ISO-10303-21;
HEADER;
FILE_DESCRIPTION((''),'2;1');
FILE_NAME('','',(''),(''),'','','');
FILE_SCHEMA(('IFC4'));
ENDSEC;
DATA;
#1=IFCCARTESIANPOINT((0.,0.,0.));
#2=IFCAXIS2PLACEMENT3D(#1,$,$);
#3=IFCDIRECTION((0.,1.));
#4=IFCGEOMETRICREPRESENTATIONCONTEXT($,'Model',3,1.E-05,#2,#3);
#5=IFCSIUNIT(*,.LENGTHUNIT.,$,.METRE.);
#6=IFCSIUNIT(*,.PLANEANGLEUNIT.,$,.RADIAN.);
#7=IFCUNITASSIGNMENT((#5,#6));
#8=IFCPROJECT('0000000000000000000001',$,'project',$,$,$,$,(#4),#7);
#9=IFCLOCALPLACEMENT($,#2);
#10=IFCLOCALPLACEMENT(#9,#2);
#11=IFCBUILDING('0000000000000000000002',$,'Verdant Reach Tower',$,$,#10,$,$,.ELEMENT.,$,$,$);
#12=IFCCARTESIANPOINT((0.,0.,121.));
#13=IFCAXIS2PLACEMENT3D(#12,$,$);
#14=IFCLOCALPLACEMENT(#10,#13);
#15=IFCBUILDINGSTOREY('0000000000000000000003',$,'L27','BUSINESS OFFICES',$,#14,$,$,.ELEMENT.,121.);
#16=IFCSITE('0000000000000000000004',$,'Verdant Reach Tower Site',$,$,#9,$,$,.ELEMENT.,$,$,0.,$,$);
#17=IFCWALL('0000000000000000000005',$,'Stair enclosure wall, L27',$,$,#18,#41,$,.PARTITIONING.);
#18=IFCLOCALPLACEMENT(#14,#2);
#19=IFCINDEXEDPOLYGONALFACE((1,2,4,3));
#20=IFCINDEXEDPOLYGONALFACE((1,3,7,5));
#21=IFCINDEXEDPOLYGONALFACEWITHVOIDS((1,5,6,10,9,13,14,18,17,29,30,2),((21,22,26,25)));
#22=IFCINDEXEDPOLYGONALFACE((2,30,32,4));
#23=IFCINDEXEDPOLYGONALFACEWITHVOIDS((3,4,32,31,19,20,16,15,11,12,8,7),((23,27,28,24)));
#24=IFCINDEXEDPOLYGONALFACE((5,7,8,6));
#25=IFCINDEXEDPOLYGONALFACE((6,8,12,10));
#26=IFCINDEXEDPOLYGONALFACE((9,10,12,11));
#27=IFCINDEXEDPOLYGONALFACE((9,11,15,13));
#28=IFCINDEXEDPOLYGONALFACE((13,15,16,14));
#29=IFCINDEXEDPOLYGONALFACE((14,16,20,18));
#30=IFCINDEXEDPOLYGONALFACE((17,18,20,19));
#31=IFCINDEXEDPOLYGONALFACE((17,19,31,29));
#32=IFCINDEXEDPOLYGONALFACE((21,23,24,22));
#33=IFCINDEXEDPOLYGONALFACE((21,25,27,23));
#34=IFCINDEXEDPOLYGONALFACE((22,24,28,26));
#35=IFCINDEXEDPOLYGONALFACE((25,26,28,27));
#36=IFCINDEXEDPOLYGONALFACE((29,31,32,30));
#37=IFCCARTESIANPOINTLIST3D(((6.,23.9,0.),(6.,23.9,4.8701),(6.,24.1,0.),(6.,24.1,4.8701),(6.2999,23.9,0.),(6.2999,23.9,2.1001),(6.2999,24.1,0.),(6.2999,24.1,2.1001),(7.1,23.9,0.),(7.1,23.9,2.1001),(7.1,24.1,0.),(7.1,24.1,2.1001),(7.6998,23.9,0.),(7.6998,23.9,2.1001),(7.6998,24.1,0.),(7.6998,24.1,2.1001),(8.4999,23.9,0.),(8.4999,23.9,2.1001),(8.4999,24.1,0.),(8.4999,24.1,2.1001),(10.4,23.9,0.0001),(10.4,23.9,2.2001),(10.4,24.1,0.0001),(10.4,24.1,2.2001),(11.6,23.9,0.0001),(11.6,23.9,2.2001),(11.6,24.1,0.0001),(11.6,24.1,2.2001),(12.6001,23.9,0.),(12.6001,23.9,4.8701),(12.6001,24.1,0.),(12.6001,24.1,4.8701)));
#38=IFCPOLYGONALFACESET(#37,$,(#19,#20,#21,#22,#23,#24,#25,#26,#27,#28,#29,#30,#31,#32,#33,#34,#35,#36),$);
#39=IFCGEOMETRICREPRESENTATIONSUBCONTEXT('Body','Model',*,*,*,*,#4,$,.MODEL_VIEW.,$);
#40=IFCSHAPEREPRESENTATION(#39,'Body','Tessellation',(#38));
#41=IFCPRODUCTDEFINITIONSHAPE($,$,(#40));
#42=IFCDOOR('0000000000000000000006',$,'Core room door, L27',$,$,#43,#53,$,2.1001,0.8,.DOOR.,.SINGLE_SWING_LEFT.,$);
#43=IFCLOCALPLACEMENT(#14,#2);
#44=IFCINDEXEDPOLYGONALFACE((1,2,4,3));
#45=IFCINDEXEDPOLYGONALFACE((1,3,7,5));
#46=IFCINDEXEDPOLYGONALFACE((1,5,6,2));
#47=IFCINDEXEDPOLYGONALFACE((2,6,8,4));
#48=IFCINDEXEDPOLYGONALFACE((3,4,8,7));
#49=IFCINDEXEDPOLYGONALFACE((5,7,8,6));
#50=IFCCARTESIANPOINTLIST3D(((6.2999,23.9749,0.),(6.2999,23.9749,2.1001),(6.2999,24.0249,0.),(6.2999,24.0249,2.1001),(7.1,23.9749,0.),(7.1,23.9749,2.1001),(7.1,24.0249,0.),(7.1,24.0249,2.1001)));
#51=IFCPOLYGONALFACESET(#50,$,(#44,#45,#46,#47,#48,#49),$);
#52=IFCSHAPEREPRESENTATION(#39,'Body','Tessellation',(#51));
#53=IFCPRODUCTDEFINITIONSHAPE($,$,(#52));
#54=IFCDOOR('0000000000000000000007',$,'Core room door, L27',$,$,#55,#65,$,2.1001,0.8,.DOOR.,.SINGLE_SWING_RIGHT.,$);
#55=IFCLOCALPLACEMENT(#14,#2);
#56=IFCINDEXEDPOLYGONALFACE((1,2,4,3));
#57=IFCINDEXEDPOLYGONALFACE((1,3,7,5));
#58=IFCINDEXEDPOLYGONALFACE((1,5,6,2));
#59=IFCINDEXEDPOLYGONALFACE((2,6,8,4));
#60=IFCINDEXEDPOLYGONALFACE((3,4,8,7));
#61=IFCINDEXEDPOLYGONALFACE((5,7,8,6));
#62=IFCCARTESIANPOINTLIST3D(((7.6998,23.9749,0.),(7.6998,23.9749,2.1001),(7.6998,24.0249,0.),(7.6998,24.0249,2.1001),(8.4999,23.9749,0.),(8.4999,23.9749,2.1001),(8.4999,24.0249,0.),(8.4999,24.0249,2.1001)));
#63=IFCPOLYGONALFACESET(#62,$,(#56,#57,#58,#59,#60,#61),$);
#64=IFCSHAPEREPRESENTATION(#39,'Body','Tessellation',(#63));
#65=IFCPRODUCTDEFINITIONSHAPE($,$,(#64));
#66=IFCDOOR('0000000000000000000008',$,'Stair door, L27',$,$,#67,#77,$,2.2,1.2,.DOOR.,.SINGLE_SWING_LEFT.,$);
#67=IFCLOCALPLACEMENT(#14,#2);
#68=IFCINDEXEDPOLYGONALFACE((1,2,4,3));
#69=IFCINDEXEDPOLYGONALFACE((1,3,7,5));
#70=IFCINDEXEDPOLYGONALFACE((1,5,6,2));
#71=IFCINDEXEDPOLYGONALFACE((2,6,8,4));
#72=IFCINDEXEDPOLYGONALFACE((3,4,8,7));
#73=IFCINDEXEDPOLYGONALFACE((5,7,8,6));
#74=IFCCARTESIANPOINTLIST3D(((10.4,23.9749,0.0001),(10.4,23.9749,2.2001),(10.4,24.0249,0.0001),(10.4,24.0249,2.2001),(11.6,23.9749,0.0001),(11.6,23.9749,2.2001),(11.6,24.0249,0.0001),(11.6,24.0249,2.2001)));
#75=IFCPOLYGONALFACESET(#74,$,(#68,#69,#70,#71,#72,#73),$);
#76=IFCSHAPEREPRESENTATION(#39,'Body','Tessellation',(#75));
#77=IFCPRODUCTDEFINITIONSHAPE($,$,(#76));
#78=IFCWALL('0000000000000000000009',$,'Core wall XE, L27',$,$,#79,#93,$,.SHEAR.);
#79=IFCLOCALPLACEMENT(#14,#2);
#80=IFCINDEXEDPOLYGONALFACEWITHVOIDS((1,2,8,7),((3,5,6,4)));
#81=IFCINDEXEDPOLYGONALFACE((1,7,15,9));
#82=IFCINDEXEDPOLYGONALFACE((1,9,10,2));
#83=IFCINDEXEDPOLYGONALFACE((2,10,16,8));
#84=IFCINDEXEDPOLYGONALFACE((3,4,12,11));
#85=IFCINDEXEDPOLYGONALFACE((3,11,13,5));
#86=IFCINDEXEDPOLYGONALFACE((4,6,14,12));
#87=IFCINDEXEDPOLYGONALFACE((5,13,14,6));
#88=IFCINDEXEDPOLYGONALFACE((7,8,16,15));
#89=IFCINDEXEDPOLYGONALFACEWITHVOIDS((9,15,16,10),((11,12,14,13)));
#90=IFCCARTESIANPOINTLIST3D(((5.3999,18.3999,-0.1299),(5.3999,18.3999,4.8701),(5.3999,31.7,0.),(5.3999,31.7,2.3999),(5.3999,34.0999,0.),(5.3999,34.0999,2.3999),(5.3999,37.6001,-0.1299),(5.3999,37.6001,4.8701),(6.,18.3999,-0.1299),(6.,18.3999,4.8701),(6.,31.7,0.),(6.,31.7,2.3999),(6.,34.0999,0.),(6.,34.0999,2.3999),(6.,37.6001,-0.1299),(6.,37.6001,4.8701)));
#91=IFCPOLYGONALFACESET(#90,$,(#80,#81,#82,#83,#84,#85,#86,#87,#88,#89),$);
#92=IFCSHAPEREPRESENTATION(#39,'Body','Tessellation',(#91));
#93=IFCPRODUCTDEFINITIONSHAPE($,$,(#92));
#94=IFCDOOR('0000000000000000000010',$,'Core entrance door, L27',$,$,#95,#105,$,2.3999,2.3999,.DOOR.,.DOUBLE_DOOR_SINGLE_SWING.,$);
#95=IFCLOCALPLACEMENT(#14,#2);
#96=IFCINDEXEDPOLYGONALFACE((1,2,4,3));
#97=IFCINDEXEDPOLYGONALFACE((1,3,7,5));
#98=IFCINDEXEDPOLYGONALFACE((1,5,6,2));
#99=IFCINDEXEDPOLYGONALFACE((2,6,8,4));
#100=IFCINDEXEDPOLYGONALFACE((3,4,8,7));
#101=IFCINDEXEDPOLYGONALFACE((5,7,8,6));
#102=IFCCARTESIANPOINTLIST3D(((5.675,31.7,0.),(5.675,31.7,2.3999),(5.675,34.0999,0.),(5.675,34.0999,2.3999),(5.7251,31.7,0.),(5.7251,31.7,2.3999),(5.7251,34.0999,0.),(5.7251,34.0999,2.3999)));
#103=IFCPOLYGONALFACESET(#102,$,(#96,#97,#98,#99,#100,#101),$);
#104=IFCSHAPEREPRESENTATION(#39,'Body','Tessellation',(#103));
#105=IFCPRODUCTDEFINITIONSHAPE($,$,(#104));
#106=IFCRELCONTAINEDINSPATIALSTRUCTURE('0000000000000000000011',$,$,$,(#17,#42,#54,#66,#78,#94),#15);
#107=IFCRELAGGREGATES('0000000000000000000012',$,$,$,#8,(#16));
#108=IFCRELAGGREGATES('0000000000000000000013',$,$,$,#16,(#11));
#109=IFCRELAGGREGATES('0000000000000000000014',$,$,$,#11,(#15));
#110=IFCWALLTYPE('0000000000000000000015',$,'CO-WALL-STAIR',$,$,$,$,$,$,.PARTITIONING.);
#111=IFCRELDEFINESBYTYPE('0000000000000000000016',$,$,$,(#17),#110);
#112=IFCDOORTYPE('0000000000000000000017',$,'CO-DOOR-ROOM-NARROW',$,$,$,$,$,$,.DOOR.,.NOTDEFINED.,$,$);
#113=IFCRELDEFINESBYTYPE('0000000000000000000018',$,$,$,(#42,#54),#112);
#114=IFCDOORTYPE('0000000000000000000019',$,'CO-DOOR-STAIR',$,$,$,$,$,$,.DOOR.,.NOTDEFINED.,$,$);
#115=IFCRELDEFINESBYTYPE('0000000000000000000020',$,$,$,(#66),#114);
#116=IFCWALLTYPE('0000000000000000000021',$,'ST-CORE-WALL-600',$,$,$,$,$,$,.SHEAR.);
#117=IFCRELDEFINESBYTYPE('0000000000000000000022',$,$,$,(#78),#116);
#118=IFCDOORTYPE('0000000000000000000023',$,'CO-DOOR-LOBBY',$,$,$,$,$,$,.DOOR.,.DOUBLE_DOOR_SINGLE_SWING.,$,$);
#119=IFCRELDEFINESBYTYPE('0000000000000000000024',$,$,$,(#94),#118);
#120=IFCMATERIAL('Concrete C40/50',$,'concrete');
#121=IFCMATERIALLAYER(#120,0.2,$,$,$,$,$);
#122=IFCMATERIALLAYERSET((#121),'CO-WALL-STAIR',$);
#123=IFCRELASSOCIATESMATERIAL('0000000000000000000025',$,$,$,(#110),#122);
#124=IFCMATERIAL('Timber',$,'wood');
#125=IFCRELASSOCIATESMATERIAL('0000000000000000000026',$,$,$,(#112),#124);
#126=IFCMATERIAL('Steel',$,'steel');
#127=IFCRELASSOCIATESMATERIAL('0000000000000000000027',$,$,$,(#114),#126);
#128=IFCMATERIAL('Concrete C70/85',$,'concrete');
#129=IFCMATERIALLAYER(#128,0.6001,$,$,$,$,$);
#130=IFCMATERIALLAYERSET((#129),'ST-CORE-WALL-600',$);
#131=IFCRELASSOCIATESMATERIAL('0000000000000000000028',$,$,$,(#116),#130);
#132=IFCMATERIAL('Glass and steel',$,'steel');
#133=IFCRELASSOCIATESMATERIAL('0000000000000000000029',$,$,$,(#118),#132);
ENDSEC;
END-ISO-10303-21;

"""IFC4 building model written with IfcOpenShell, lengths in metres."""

from ifc_helpers import new_model, si_unit, direction, frame, frame_2d, origin, place, context, subcontext, project, spatial, rectangle, extrude, material, layer, layer_set, type_object, element, fill, save


model = new_model("IFC4")

# Units and contexts
model_context = context("Model", 3, precision=1e-05, world=origin(), true_north=direction((0.0, 1.0)))
body_context = subcontext(model_context, "Body", "Model", "MODEL_VIEW")
ifc_project = project(units=[si_unit("LENGTHUNIT", "METRE"), si_unit("PLANEANGLEUNIT", "RADIAN")], contexts=[model_context])

# Site, building, storey
site_placement = place(None, origin())
site = spatial("IfcSite", under=ifc_project, at=site_placement, Name="Verdant Reach Tower Site", CompositionType="ELEMENT", RefElevation=0.0)
building_placement = place(site_placement, origin())
building = spatial("IfcBuilding", under=site, at=building_placement, Name="Verdant Reach Tower", CompositionType="ELEMENT")
storey_placement = place(building_placement, frame((0.0, 0.0, 121.0)))
storey = spatial("IfcBuildingStorey", under=building, at=storey_placement, Name="L27", Description="BUSINESS OFFICES", CompositionType="ELEMENT", Elevation=121.0)

# Shared definitions
ifc_material_1 = material(Name="Timber", Category="wood")

# Shared definitions
ifc_material_2 = material(Name="Concrete C40/50", Category="concrete")

# Wall, openings, doors
ifc_layer_1 = layer(ifc_material_2, 0.2)
ifc_layer_set_1 = layer_set([ifc_layer_1], Name="CO-WALL-STAIR")
wall_type_1 = type_object("IfcWallType", Name="CO-WALL-STAIR", PredefinedType="PARTITIONING", material=ifc_layer_set_1)
wall_1_placement = place(storey_placement, frame((6.0, 24.0, 0.0), z_axis=(0.0, 0.0, 1.0), x_axis=(1.0, 0.0, 0.0)))
wall_1 = element("IfcWall", 1, at=wall_1_placement, inside=storey, type_object=wall_type_1, Name="Stair enclosure wall, L27", PredefinedType="PARTITIONING", context=body_context, shape_type="SweptSolid", body=[
    extrude(rectangle(XDim=6.6001, YDim=0.2, at=frame_2d((3.3, 0.0))), origin(), (0.0, 0.0, 1.0), 4.8701),
])
opening_1_placement = place(wall_1_placement, frame((0.3, 0.0, 0.0)))
opening_1 = element("IfcOpeningElement", 2, at=opening_1_placement, cuts=wall_1, PredefinedType="OPENING", context=body_context, shape_type="SweptSolid", body=[
    extrude(rectangle(XDim=0.8, YDim=2.1001, at=frame_2d((0.3999, 1.05))), frame((0.0, 0.1099, 0.0), z_axis=(0.0, -1.0, 0.0), x_axis=(1.0, 0.0, 0.0)), (0.0, 0.0, 1.0), 0.22),
])
opening_2_placement = place(wall_1_placement, frame((1.7, 0.0, 0.0)))
opening_2 = element("IfcOpeningElement", 3, at=opening_2_placement, cuts=wall_1, PredefinedType="OPENING", context=body_context, shape_type="SweptSolid", body=[
    extrude(rectangle(XDim=0.8, YDim=2.1001, at=frame_2d((0.3999, 1.05))), frame((0.0, 0.1099, 0.0), z_axis=(0.0, -1.0, 0.0), x_axis=(1.0, 0.0, 0.0)), (0.0, 0.0, 1.0), 0.22),
])
opening_3_placement = place(wall_1_placement, frame((4.3999, 0.0, 0.0)))
opening_3 = element("IfcOpeningElement", 4, at=opening_3_placement, cuts=wall_1, PredefinedType="OPENING", context=body_context, shape_type="SweptSolid", body=[
    extrude(rectangle(XDim=1.2, YDim=2.2, at=frame_2d((0.6001, 1.1001))), frame((0.0, 0.1099, 0.0), z_axis=(0.0, -1.0, 0.0), x_axis=(1.0, 0.0, 0.0)), (0.0, 0.0, 1.0), 0.22),
])
door_type_1 = type_object("IfcDoorType", Name="CO-DOOR-ROOM-NARROW", OperationType="NOTDEFINED", PredefinedType="DOOR", material=ifc_material_1)
door_1_placement = place(opening_1_placement, origin())
door_1 = element("IfcDoor", 5, at=door_1_placement, inside=storey, type_object=door_type_1, Name="Core room door, L27", OperationType="SINGLE_SWING_LEFT", OverallHeight=2.1001, OverallWidth=0.8, PredefinedType="DOOR", context=body_context, shape_type="SweptSolid", body=[
    extrude(rectangle(XDim=0.8, YDim=2.1001, at=frame_2d((0.3999, 1.05))), frame((0.0, 0.0249, 0.0), z_axis=(0.0, -1.0, 0.0), x_axis=(1.0, 0.0, 0.0)), (0.0, 0.0, 1.0), 0.05),
])
fill(opening_1, door_1)
door_2_placement = place(opening_2_placement, origin())
door_2 = element("IfcDoor", 6, at=door_2_placement, inside=storey, type_object=door_type_1, Name="Core room door, L27", OperationType="SINGLE_SWING_RIGHT", OverallHeight=2.1001, OverallWidth=0.8, PredefinedType="DOOR", context=body_context, shape_type="SweptSolid", body=[
    extrude(rectangle(XDim=0.8, YDim=2.1001, at=frame_2d((0.3999, 1.05))), frame((0.0, 0.0249, 0.0), z_axis=(0.0, -1.0, 0.0), x_axis=(1.0, 0.0, 0.0)), (0.0, 0.0, 1.0), 0.05),
])
fill(opening_2, door_2)
ifc_material_3 = material(Name="Steel", Category="steel")
door_type_2 = type_object("IfcDoorType", Name="CO-DOOR-STAIR", OperationType="NOTDEFINED", PredefinedType="DOOR", material=ifc_material_3)
door_3_placement = place(opening_3_placement, origin())
door_3 = element("IfcDoor", 7, at=door_3_placement, inside=storey, type_object=door_type_2, Name="Stair door, L27", OperationType="SINGLE_SWING_LEFT", OverallHeight=2.2, OverallWidth=1.2, PredefinedType="DOOR", context=body_context, shape_type="SweptSolid", body=[
    extrude(rectangle(XDim=1.2, YDim=2.2, at=frame_2d((0.6001, 1.1001))), frame((0.0, 0.0249, 0.0), z_axis=(0.0, -1.0, 0.0), x_axis=(1.0, 0.0, 0.0)), (0.0, 0.0, 1.0), 0.05),
])
fill(opening_3, door_3)

# Wall, opening, door
ifc_material_4 = material(Name="Concrete C70/85", Category="concrete")
ifc_layer_2 = layer(ifc_material_4, 0.6001)
ifc_layer_set_2 = layer_set([ifc_layer_2], Name="ST-CORE-WALL-600")
wall_type_2 = type_object("IfcWallType", Name="ST-CORE-WALL-600", PredefinedType="SHEAR", material=ifc_layer_set_2)
wall_2_placement = place(storey_placement, frame((5.7, 18.3999, -0.1299), z_axis=(0.0, 0.0, 1.0), x_axis=(0.0, 1.0, 0.0)))
wall_2 = element("IfcWall", 8, at=wall_2_placement, inside=storey, type_object=wall_type_2, Name="Core wall XE, L27", PredefinedType="SHEAR", context=body_context, shape_type="SweptSolid", body=[
    extrude(rectangle(XDim=19.2002, YDim=0.6001, at=frame_2d((9.6001, 0.0))), origin(), (0.0, 0.0, 1.0), 5.0),
])
opening_4_placement = place(wall_2_placement, frame((13.3, 0.0, 0.1299)))
opening_4 = element("IfcOpeningElement", 9, at=opening_4_placement, cuts=wall_2, PredefinedType="OPENING", context=body_context, shape_type="SweptSolid", body=[
    extrude(rectangle(XDim=2.3999, YDim=2.3999, at=frame_2d((1.2, 1.2))), frame((0.0, 0.3101, 0.0), z_axis=(0.0, -1.0, 0.0), x_axis=(1.0, 0.0, 0.0)), (0.0, 0.0, 1.0), 0.6201),
])
ifc_material_5 = material(Name="Glass and steel", Category="steel")
door_type_3 = type_object("IfcDoorType", Name="CO-DOOR-LOBBY", OperationType="DOUBLE_DOOR_SINGLE_SWING", PredefinedType="DOOR", material=ifc_material_5)
door_4_placement = place(opening_4_placement, origin())
door_4 = element("IfcDoor", 10, at=door_4_placement, inside=storey, type_object=door_type_3, Name="Core entrance door, L27", OperationType="DOUBLE_DOOR_SINGLE_SWING", OverallHeight=2.3999, OverallWidth=2.3999, PredefinedType="DOOR", context=body_context, shape_type="SweptSolid", body=[
    extrude(rectangle(XDim=2.3999, YDim=2.3999, at=frame_2d((1.2, 1.2))), frame((0.0, 0.0249, 0.0), z_axis=(0.0, -1.0, 0.0), x_axis=(1.0, 0.0, 0.0)), (0.0, 0.0, 1.0), 0.05),
])
fill(opening_4, door_4)

save(model, "model.ifc")
